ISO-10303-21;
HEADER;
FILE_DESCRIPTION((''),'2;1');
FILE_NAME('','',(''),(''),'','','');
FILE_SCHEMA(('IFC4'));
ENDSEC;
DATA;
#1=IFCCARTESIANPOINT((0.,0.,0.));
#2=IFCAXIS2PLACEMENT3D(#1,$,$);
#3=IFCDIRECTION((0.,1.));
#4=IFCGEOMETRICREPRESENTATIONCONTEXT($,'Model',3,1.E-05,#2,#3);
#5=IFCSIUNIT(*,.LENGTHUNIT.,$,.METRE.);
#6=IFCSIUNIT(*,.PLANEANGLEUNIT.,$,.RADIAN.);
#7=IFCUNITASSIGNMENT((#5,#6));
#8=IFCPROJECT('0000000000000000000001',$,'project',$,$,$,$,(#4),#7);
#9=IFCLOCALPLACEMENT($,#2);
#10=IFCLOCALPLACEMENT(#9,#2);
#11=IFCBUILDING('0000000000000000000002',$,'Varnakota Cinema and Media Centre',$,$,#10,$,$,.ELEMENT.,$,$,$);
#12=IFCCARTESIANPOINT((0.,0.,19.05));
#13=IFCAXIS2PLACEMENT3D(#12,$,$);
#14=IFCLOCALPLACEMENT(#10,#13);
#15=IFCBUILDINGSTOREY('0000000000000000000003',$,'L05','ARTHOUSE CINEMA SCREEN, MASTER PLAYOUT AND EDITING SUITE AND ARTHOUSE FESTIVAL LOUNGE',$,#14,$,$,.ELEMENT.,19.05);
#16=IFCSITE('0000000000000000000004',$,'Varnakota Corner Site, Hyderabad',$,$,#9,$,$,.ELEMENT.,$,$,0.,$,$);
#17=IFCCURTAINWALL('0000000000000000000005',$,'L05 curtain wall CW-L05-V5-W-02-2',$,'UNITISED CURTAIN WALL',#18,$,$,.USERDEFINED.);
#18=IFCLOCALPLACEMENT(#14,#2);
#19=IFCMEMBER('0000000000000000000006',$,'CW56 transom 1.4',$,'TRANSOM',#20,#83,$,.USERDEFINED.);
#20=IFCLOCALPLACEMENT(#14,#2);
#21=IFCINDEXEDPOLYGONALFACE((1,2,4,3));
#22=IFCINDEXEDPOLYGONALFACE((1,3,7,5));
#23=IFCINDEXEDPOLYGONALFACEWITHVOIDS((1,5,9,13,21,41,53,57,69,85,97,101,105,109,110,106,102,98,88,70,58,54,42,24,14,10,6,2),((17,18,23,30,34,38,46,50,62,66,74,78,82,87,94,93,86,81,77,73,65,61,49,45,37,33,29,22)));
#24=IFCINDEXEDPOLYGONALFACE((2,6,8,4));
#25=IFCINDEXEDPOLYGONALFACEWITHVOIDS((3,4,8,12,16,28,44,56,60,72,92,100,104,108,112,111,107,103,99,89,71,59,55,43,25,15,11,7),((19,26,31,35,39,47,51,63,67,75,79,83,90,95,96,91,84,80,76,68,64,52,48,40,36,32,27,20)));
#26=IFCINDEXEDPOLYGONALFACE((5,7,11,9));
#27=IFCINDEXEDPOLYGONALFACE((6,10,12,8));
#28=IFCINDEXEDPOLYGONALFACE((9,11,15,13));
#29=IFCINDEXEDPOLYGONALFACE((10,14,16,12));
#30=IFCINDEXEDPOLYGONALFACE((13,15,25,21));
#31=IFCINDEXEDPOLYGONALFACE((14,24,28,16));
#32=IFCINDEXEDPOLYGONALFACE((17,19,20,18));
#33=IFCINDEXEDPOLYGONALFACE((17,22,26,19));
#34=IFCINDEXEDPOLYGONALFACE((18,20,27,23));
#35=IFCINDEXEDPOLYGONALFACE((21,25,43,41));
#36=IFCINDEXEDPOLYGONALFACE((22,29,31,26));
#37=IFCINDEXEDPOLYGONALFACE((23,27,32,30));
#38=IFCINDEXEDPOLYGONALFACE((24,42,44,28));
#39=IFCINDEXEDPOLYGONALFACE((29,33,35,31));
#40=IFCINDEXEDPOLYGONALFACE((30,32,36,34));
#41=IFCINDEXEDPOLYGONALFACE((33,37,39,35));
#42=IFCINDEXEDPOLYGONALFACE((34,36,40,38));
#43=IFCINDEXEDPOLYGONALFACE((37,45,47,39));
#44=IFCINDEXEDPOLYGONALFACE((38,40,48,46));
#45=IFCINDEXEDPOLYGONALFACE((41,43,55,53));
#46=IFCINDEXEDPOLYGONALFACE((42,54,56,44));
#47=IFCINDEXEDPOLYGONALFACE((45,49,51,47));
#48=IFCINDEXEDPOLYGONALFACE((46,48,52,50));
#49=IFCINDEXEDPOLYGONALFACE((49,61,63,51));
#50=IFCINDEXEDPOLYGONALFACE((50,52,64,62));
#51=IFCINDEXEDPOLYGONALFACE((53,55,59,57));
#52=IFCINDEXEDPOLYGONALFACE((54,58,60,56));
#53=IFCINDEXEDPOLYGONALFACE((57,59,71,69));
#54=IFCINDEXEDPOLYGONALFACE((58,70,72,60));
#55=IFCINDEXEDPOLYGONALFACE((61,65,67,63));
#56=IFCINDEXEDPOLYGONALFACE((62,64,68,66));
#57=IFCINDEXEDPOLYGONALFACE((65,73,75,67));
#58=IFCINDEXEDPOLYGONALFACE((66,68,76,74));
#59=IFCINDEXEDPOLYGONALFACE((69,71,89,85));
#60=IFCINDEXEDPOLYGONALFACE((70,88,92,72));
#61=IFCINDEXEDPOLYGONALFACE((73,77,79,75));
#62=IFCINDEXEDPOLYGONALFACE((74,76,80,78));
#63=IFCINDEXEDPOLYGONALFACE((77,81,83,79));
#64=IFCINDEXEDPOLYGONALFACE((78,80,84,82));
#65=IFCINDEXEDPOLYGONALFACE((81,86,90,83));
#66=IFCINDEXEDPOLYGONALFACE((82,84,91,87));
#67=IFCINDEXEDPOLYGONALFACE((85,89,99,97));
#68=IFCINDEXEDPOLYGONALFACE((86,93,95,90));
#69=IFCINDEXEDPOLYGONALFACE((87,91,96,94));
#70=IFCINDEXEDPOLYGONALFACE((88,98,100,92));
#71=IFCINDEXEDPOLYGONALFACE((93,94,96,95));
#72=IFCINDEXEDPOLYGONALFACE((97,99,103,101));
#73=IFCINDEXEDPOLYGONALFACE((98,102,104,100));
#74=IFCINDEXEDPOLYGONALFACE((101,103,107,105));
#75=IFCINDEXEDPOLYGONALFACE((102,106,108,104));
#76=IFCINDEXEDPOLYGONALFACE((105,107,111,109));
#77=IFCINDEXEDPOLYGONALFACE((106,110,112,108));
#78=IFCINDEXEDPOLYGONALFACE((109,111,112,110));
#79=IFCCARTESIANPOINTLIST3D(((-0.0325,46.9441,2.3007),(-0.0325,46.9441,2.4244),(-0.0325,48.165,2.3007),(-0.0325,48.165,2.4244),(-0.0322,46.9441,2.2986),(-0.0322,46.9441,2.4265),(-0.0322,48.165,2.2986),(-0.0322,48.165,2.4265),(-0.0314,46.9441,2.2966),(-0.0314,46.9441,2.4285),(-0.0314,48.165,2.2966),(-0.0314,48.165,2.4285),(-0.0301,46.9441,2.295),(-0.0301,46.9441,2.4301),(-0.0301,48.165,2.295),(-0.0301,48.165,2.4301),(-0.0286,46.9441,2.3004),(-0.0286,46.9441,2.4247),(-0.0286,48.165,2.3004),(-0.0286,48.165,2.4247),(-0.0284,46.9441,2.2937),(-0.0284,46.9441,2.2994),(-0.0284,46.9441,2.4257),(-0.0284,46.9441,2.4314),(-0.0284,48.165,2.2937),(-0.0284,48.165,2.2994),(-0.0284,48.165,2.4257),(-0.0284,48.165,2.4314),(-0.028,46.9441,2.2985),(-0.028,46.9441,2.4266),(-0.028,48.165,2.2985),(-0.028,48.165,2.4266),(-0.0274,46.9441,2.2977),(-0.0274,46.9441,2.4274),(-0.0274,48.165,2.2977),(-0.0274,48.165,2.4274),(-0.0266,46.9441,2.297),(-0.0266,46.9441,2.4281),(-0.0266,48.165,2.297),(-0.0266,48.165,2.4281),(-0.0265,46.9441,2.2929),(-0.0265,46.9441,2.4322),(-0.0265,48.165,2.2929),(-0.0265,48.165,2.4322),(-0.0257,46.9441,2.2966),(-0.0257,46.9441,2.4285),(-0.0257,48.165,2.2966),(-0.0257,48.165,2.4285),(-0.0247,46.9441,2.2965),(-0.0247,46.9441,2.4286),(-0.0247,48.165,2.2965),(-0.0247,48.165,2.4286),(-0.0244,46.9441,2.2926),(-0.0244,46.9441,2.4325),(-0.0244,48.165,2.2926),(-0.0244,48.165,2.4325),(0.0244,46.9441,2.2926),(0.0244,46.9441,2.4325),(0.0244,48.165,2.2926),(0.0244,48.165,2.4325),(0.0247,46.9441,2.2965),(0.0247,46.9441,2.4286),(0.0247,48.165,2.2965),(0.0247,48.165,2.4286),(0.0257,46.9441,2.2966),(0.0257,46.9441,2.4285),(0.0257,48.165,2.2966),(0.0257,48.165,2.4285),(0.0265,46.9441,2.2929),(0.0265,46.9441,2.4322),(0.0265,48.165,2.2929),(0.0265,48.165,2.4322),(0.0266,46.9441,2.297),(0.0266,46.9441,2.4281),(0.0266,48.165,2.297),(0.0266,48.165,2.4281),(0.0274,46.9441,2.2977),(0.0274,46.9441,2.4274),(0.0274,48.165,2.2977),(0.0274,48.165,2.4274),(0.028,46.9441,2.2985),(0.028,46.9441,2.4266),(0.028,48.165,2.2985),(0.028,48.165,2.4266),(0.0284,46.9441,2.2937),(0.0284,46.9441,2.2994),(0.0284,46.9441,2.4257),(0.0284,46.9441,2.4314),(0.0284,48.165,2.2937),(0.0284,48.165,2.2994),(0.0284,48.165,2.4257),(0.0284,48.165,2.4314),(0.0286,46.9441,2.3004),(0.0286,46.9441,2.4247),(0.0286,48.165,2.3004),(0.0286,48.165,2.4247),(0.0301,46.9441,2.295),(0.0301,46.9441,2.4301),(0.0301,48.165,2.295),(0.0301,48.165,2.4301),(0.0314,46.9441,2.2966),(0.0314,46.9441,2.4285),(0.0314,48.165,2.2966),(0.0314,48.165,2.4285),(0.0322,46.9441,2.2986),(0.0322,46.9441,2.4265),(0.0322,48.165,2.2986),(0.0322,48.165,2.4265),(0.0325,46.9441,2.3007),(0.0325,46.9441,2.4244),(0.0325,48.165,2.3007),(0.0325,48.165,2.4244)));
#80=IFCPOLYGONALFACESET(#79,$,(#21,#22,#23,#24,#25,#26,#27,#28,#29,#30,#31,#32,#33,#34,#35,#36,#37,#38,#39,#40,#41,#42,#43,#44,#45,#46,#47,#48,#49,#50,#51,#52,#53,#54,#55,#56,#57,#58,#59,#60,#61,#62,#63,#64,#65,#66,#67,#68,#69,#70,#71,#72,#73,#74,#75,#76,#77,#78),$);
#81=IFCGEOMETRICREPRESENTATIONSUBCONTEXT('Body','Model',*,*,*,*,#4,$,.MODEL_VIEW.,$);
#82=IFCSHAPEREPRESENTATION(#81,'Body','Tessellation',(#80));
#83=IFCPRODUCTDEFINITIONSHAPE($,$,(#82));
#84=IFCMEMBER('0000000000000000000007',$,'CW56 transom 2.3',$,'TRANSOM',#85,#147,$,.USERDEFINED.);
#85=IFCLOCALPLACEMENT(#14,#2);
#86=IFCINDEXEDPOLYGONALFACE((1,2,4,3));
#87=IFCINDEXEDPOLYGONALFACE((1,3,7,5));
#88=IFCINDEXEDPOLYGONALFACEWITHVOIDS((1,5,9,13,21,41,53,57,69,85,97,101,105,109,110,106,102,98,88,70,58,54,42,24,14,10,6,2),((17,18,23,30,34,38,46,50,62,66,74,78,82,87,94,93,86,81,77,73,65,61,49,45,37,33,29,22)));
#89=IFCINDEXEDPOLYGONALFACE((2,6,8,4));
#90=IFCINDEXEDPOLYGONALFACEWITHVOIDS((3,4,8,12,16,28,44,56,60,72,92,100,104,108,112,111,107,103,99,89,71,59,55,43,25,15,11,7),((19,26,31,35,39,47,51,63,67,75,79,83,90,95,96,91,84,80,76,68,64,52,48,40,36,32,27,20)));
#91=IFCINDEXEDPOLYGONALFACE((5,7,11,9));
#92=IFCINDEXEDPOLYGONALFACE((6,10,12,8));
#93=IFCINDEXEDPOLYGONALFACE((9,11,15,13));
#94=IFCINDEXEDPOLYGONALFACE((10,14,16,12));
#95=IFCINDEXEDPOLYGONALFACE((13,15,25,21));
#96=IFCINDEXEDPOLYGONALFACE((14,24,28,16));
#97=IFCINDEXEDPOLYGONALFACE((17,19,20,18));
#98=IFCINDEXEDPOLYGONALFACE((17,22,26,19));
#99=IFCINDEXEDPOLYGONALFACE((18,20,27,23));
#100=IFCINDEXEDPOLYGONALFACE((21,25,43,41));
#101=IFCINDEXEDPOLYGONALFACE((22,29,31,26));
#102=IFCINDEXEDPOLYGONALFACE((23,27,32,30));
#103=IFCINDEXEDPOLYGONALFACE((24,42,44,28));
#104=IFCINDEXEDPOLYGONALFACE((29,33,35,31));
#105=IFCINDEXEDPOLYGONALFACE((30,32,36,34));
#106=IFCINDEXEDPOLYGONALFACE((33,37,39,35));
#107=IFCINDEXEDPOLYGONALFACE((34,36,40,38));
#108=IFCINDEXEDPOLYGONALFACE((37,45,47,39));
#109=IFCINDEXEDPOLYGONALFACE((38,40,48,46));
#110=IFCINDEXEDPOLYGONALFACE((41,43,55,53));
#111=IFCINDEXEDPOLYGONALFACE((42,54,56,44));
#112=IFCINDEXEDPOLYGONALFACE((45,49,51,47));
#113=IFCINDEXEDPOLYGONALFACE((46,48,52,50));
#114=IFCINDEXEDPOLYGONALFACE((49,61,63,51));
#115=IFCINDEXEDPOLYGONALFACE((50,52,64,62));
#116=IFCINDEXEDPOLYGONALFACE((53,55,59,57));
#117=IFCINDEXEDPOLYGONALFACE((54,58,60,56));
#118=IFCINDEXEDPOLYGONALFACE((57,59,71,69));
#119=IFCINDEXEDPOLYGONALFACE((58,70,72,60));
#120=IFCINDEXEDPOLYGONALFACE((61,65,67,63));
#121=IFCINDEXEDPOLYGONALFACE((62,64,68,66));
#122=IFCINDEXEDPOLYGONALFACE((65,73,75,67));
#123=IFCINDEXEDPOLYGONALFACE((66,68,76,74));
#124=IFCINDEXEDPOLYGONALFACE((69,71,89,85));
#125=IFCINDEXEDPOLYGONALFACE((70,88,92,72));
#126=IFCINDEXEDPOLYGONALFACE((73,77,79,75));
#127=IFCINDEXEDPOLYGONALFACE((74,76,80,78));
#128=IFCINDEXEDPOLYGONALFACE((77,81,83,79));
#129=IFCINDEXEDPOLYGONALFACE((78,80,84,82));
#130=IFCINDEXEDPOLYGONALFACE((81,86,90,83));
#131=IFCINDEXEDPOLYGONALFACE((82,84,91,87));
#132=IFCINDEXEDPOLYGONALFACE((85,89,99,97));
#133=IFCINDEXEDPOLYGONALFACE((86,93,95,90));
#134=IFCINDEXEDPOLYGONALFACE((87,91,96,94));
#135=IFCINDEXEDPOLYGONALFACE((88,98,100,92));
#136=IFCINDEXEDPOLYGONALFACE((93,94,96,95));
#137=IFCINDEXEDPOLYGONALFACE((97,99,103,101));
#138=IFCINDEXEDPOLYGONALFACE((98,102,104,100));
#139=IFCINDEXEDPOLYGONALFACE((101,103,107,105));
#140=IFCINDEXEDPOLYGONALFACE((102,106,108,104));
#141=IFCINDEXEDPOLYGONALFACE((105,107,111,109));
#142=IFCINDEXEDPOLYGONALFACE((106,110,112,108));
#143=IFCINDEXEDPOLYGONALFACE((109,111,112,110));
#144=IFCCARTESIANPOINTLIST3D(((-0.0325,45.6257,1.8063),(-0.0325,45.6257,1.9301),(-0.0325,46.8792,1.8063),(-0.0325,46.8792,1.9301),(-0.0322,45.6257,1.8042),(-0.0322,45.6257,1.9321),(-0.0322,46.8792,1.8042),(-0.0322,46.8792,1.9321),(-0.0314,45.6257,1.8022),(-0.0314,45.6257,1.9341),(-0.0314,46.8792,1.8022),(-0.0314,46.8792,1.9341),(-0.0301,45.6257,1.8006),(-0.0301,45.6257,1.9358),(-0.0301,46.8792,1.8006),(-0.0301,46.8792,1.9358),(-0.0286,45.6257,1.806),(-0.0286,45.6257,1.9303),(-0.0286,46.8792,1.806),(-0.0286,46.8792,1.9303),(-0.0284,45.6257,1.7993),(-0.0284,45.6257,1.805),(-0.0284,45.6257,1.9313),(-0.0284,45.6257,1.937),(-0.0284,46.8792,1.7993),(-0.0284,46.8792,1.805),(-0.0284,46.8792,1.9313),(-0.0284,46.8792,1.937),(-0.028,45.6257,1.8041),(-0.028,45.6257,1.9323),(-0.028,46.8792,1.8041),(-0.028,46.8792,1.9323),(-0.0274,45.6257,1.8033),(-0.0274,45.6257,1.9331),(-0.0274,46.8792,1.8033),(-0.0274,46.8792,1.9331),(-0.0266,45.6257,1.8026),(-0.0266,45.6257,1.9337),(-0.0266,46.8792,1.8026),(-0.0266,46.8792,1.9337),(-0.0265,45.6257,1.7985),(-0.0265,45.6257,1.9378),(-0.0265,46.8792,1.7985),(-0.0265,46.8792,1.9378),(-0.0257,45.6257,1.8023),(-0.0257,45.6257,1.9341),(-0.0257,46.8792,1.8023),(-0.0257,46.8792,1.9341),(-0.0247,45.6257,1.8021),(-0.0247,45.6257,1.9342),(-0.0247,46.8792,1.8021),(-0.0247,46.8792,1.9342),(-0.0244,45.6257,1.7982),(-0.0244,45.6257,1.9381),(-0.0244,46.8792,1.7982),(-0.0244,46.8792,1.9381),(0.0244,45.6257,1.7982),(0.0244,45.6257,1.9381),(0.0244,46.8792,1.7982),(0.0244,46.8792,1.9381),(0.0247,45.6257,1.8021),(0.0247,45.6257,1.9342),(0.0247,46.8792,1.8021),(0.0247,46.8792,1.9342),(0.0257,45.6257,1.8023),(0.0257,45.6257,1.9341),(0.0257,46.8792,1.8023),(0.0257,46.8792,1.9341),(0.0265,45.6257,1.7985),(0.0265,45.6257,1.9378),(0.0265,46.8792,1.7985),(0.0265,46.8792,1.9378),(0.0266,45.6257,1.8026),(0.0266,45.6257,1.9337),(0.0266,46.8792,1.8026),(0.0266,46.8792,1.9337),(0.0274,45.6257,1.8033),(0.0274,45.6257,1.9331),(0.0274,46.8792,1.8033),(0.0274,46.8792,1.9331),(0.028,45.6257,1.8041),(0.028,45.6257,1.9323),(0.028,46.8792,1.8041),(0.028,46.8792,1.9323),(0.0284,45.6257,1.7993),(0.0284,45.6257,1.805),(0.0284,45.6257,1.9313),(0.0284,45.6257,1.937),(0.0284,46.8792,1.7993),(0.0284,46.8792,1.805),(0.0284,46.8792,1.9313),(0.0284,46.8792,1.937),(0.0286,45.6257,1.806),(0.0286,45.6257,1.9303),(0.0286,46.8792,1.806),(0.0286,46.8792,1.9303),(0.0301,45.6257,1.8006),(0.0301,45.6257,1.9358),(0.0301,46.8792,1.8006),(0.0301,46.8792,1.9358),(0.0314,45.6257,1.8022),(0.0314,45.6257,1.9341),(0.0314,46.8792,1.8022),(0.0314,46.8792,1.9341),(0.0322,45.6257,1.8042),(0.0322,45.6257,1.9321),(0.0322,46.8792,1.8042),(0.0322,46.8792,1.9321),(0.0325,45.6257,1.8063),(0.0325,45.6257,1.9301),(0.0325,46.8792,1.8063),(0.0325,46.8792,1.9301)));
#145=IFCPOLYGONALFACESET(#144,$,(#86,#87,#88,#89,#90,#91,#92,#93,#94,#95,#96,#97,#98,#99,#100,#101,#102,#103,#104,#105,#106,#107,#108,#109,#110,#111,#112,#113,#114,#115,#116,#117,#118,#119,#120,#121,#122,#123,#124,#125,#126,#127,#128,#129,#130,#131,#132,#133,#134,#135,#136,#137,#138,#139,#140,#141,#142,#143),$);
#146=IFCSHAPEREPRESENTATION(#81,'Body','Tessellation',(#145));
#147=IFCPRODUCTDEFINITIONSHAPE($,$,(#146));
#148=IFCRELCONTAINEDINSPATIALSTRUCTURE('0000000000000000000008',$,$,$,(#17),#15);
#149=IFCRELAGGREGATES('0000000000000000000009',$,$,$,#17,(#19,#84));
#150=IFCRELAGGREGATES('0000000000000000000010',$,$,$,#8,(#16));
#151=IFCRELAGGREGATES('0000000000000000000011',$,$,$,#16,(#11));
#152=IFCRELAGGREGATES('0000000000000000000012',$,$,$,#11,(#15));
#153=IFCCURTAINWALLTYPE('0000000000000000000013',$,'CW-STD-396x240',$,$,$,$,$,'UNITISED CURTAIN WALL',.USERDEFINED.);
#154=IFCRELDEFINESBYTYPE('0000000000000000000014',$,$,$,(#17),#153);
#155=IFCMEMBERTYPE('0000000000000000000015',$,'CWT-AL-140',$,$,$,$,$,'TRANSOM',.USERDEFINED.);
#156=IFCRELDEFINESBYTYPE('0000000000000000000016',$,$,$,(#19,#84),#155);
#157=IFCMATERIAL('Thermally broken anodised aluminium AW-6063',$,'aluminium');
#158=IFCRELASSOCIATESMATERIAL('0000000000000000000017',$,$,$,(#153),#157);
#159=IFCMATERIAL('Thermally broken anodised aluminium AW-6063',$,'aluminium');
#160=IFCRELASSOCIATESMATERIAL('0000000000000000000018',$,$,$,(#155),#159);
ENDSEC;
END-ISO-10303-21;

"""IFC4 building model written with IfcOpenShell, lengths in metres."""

from ifc_helpers import new_model, si_unit, direction, frame, origin, origin_2d, place, context, subcontext, project, spatial, hollow_rectangle, extrude, material, material_profile, profile_set, type_object, element, aggregate, save


model = new_model("IFC4")

# Units and contexts
model_context = context("Model", 3, precision=1e-05, world=origin(), true_north=direction((0.0, 1.0)))
body_context = subcontext(model_context, "Body", "Model", "MODEL_VIEW")
ifc_project = project(units=[si_unit("LENGTHUNIT", "METRE"), si_unit("PLANEANGLEUNIT", "RADIAN")], contexts=[model_context])

# Site, building, storey
site_placement = place(None, origin())
site = spatial("IfcSite", under=ifc_project, at=site_placement, Name="Varnakota Corner Site, Hyderabad", CompositionType="ELEMENT", RefElevation=0.0)
building_placement = place(site_placement, origin())
building = spatial("IfcBuilding", under=site, at=building_placement, Name="Varnakota Cinema and Media Centre", CompositionType="ELEMENT")
storey_placement = place(building_placement, frame((0.0, 0.0, 19.05)))
storey = spatial("IfcBuildingStorey", under=building, at=storey_placement, Name="L05", Description="ARTHOUSE CINEMA SCREEN, MASTER PLAYOUT AND EDITING SUITE AND ARTHOUSE FESTIVAL LOUNGE", CompositionType="ELEMENT", Elevation=19.05)

# Shared definitions
ifc_material_1 = material(Name="Thermally broken anodised aluminium AW-6063", Category="aluminium")
curtain_wall_type = type_object("IfcCurtainWallType", Name="CW-STD-396x240", ElementType="UNITISED CURTAIN WALL", PredefinedType="USERDEFINED", material=ifc_material_1)

# Curtain wall, members
curtain_wall_1_placement = place(storey_placement, origin())
curtain_wall_1 = element("IfcCurtainWall", 1, at=curtain_wall_1_placement, inside=storey, type_object=curtain_wall_type, Name="L05 curtain wall CW-L05-V5-W-02-2", ObjectType="UNITISED CURTAIN WALL", PredefinedType="USERDEFINED")
ifc_material_2 = material(Name="Thermally broken anodised aluminium AW-6063", Category="aluminium")
ifc_material_profile_1 = material_profile(ifc_material_2, hollow_rectangle(XDim=0.0649, YDim=0.1399, WallThickness=0.0039, InnerFilletRadius=0.0039, OuterFilletRadius=0.0081, at=origin_2d()), Name="AL-TRANSOM 140x65x4")
ifc_profile_set_1 = profile_set([ifc_material_profile_1], Name="Thermally broken anodised aluminium AW-6063")
member_type_1 = type_object("IfcMemberType", Name="CWT-AL-140", ElementType="TRANSOM", PredefinedType="USERDEFINED", material=ifc_profile_set_1)
member_1_placement = place(storey_placement, frame((0.0, 48.165, 2.3625), z_axis=(0.0, -1.0, 0.0), x_axis=(1.0, 0.0, 0.0)))
member_1 = element("IfcMember", 2, at=member_1_placement, type_object=member_type_1, Name="CW56 transom 1.4", ObjectType="TRANSOM", PredefinedType="USERDEFINED", context=body_context, shape_type="SweptSolid", body=[
    extrude(hollow_rectangle(XDim=0.0649, YDim=0.1399, WallThickness=0.0039, InnerFilletRadius=0.0039, OuterFilletRadius=0.0081, at=origin_2d()), origin(), (0.0, 0.0, 1.0), 1.2209),
])
member_2_placement = place(storey_placement, frame((0.0, 46.8792, 1.8682), z_axis=(0.0, -1.0, 0.0), x_axis=(1.0, 0.0, 0.0)))
member_2 = element("IfcMember", 3, at=member_2_placement, type_object=member_type_1, Name="CW56 transom 2.3", ObjectType="TRANSOM", PredefinedType="USERDEFINED", context=body_context, shape_type="SweptSolid", body=[
    extrude(hollow_rectangle(XDim=0.0649, YDim=0.1399, WallThickness=0.0039, InnerFilletRadius=0.0039, OuterFilletRadius=0.0081, at=origin_2d()), origin(), (0.0, 0.0, 1.0), 1.2534),
])

aggregate(curtain_wall_1, [member_1, member_2])

save(model, "model.ifc")
